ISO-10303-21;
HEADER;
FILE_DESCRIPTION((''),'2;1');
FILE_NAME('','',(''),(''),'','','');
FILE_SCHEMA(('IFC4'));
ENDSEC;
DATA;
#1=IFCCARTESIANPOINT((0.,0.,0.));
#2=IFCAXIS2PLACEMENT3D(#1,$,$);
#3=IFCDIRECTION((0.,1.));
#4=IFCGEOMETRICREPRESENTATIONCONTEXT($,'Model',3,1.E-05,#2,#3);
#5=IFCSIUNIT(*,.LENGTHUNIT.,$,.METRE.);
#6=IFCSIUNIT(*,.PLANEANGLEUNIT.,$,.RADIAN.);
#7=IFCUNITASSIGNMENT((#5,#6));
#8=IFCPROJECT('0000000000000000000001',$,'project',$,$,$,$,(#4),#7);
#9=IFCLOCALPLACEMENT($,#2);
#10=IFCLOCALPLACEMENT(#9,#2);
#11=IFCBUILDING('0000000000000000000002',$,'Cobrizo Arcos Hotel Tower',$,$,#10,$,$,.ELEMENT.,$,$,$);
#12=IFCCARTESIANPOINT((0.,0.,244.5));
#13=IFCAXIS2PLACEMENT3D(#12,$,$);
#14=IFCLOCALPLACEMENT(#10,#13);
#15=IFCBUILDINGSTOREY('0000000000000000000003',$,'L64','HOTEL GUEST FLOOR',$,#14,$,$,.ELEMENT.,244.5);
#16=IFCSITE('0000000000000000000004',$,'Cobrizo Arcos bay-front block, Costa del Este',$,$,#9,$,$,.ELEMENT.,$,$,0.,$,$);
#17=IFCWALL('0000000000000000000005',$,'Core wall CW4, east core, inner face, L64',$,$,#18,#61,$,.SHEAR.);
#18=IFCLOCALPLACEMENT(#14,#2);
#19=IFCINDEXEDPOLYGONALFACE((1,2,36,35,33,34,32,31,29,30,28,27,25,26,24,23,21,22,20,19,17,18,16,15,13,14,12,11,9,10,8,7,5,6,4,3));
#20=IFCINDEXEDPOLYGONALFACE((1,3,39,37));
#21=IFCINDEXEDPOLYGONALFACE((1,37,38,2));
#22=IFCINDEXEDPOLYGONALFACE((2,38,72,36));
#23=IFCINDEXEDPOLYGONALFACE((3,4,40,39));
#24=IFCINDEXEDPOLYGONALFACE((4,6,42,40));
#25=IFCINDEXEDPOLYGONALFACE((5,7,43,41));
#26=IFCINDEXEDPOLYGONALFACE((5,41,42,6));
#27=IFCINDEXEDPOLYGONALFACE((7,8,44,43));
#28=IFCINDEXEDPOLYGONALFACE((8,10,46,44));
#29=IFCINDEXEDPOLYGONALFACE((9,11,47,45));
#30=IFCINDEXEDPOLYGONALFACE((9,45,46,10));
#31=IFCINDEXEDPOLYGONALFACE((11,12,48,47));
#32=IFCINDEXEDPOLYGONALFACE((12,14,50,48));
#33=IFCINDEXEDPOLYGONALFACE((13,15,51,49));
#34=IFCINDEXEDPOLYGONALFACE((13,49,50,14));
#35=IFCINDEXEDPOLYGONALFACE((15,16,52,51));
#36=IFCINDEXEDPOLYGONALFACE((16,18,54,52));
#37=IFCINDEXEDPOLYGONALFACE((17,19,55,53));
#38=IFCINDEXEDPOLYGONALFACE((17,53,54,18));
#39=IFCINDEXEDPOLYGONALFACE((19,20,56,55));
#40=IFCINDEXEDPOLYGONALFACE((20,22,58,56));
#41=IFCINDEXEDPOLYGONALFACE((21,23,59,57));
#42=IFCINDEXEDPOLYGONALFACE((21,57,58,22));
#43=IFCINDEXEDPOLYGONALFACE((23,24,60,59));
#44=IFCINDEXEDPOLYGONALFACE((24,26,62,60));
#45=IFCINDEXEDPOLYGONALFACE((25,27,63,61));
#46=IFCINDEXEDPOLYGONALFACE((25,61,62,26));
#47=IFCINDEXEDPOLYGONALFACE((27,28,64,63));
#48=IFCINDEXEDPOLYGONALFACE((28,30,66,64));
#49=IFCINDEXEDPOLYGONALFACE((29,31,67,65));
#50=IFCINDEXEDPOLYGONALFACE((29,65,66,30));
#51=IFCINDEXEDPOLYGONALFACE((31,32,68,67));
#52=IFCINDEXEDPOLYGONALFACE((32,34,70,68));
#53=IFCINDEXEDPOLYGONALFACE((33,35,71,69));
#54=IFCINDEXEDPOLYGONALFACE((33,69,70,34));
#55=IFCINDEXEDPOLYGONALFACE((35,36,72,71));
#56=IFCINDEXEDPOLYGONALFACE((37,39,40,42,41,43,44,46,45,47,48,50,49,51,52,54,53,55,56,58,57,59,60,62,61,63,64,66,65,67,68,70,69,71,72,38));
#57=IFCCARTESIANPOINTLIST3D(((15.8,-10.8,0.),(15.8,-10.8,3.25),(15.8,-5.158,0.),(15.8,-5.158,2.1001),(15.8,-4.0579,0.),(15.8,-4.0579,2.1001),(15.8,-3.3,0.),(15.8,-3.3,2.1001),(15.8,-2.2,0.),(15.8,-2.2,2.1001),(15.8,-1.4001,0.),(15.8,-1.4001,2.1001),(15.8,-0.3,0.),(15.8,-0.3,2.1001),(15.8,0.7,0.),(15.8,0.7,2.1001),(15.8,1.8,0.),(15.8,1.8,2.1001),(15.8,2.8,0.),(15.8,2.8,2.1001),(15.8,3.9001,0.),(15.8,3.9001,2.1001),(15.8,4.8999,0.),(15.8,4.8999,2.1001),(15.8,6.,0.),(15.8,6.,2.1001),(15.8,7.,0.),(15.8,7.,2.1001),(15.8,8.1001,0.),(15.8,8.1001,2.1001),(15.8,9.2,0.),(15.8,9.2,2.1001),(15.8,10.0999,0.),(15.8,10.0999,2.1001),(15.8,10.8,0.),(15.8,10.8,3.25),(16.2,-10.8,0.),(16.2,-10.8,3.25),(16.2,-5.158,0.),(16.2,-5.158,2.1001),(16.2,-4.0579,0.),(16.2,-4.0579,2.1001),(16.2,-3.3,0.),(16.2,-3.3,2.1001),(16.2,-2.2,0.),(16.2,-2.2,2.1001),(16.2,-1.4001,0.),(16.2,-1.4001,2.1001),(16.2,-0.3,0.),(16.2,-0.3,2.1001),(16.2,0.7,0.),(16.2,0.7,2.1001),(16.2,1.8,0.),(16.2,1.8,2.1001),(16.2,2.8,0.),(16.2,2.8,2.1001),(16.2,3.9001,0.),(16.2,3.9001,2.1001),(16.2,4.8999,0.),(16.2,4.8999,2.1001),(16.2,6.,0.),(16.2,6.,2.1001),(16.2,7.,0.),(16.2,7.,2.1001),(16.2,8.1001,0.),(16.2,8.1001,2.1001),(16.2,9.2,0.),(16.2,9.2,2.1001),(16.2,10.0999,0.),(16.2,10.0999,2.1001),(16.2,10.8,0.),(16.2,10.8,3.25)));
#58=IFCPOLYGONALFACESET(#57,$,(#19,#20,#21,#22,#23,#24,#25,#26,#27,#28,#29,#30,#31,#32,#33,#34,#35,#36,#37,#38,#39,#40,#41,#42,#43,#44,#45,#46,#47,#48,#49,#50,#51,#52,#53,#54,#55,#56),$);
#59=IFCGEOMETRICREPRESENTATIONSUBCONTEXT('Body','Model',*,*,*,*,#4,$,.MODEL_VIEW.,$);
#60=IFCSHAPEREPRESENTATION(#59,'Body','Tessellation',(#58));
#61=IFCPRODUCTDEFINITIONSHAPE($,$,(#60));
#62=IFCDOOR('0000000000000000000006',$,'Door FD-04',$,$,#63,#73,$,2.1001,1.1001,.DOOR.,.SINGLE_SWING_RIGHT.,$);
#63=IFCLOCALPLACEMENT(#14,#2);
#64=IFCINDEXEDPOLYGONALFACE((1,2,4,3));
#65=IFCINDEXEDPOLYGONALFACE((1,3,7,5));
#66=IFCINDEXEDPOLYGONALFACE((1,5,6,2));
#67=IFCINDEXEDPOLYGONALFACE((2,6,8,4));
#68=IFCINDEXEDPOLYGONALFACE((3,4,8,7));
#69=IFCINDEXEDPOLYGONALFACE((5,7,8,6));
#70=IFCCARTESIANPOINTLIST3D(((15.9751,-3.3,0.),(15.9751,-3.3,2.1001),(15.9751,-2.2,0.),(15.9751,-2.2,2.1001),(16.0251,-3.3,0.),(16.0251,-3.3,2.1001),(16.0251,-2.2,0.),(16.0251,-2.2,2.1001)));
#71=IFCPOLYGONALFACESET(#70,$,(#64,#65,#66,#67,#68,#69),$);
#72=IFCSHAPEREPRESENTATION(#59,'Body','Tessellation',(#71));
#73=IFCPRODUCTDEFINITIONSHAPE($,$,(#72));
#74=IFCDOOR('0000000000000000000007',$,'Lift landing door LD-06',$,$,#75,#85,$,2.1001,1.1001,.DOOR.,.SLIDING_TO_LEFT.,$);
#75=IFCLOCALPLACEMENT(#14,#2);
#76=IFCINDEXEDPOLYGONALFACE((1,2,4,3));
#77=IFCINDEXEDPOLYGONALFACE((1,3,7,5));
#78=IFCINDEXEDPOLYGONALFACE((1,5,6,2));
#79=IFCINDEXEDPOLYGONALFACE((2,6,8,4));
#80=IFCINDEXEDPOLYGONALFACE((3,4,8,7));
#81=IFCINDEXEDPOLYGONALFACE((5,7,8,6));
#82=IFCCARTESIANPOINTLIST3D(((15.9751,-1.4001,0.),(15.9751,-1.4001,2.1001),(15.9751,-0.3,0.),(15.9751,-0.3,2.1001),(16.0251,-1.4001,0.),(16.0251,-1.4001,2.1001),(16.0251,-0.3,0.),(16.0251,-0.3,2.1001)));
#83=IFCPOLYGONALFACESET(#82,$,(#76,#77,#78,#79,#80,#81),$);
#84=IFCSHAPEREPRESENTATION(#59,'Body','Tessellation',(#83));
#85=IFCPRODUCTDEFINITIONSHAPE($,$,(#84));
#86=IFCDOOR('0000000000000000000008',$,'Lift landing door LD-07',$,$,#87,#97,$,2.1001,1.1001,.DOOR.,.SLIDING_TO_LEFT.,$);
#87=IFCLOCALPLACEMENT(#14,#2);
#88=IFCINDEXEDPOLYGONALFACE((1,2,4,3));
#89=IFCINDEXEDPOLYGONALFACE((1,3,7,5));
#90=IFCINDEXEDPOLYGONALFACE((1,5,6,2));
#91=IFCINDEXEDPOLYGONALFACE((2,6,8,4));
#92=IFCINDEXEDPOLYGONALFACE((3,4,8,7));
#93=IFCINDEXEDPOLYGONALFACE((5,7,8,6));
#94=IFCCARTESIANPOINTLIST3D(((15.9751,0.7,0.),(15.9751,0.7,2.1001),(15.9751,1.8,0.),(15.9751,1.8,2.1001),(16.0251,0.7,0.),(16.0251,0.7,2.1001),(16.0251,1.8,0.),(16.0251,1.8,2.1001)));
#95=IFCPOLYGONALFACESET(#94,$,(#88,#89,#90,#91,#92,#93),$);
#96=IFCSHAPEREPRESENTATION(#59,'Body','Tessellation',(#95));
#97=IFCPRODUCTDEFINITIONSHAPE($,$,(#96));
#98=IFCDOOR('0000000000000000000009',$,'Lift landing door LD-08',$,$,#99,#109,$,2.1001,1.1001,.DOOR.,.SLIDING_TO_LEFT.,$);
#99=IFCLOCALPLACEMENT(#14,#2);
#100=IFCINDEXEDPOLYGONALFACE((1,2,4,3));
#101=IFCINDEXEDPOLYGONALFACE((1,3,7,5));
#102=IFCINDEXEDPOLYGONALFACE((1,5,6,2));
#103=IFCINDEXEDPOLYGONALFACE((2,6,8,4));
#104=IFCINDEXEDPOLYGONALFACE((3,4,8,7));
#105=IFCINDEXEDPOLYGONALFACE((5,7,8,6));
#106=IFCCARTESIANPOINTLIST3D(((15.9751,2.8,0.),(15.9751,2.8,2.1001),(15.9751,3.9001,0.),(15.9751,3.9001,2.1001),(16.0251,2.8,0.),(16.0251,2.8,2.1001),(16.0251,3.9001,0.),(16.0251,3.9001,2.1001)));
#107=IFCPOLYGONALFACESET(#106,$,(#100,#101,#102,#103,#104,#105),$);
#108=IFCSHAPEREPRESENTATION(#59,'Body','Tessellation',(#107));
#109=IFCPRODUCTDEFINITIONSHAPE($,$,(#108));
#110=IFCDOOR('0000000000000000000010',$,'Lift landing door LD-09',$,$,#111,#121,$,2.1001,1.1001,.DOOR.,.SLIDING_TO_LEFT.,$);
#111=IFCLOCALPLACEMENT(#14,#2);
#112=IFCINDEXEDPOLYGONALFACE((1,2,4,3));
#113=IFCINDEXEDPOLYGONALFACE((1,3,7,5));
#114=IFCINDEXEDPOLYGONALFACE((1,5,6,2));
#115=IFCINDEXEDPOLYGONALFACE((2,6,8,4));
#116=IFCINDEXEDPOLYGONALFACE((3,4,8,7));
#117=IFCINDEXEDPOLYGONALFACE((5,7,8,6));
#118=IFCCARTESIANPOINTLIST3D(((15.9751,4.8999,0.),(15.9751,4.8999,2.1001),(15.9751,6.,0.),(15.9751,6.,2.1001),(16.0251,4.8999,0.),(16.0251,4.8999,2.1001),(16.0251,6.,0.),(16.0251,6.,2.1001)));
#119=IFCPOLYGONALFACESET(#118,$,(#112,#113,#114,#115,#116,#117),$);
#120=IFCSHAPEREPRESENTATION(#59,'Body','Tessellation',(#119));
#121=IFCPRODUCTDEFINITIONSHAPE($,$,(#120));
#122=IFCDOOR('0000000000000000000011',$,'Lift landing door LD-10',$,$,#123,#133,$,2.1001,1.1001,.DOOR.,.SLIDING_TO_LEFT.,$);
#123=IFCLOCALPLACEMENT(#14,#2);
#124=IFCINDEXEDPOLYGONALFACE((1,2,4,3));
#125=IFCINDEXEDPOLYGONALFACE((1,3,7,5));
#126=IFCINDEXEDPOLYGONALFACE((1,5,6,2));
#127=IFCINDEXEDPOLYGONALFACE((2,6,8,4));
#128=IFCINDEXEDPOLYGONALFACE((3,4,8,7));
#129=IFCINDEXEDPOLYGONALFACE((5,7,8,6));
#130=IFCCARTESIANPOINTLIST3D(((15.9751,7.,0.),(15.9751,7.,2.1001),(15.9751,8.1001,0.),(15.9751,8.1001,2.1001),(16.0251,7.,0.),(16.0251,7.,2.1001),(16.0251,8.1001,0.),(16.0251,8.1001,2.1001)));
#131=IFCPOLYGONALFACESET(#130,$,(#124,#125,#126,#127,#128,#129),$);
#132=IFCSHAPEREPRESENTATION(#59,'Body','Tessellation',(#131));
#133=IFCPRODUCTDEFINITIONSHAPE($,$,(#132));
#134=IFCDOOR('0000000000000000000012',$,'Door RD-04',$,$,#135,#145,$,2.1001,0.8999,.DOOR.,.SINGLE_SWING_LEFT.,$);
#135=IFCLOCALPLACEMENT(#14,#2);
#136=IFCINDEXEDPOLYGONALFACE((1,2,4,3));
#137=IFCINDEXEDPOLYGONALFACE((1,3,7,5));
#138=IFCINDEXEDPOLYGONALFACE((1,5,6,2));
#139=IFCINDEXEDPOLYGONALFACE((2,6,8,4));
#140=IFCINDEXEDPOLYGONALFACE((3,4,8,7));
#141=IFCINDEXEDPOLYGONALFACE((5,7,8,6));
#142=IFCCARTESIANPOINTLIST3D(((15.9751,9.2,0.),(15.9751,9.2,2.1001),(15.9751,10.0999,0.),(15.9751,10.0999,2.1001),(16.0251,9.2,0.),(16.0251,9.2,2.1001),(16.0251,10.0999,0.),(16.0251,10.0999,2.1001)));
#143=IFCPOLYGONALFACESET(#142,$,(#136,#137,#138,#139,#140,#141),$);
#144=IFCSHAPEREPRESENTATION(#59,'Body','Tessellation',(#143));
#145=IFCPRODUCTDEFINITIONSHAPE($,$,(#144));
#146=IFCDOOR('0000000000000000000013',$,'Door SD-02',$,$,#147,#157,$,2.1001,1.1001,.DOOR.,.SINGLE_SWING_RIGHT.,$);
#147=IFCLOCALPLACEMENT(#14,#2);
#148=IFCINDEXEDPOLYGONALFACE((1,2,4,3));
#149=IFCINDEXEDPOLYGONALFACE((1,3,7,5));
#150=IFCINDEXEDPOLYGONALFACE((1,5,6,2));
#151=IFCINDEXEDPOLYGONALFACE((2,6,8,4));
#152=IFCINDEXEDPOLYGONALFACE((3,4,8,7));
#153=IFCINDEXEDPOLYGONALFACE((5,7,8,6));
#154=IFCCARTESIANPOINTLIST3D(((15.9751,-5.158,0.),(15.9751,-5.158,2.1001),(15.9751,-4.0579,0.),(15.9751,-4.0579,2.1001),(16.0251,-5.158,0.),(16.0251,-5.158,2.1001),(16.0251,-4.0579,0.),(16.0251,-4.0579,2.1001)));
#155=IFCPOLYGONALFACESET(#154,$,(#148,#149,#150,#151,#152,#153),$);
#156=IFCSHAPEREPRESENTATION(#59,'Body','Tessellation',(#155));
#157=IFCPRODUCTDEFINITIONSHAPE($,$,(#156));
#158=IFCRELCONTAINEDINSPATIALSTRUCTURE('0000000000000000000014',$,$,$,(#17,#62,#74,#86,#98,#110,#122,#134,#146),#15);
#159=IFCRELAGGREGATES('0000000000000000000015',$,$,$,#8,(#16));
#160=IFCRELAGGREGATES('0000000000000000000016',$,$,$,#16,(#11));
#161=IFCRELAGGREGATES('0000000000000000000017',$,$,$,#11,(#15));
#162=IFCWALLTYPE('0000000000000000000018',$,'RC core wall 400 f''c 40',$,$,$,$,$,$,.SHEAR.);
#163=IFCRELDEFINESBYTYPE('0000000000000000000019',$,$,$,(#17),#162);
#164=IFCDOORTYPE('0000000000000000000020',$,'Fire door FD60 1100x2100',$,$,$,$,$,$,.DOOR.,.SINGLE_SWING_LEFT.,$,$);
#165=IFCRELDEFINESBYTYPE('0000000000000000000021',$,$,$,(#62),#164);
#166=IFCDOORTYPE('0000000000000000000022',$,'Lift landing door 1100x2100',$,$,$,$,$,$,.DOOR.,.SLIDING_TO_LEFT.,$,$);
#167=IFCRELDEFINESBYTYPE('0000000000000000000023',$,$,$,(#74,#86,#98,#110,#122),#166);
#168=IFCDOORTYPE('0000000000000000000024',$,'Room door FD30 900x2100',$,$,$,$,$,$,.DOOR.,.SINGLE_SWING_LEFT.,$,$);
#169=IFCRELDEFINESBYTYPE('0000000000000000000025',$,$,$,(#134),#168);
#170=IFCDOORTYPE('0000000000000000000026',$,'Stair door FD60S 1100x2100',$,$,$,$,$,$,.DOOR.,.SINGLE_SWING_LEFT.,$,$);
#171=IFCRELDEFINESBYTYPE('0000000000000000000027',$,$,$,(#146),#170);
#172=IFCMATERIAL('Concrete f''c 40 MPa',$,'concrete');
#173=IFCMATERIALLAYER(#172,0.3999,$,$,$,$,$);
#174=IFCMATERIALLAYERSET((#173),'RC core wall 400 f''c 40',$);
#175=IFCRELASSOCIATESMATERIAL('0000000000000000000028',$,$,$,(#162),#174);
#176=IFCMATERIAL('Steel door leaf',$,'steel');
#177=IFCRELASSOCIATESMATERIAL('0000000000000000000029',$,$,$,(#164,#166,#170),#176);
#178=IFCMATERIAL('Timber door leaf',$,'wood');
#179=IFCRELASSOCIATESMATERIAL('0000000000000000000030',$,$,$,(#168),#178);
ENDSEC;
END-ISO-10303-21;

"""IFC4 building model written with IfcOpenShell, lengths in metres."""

from ifc_helpers import new_model, si_unit, direction, frame, frame_2d, origin, place, context, subcontext, project, spatial, rectangle, extrude, material, layer, layer_set, type_object, element, fill, save


model = new_model("IFC4")

# Units and contexts
model_context = context("Model", 3, precision=1e-05, world=origin(), true_north=direction((0.0, 1.0)))
body_context = subcontext(model_context, "Body", "Model", "MODEL_VIEW")
ifc_project = project(units=[si_unit("LENGTHUNIT", "METRE"), si_unit("PLANEANGLEUNIT", "RADIAN")], contexts=[model_context])

# Site, building, storey
site_placement = place(None, origin())
site = spatial("IfcSite", under=ifc_project, at=site_placement, Name="Cobrizo Arcos bay-front block, Costa del Este", CompositionType="ELEMENT", RefElevation=0.0)
building_placement = place(site_placement, origin())
building = spatial("IfcBuilding", under=site, at=building_placement, Name="Cobrizo Arcos Hotel Tower", CompositionType="ELEMENT")
storey_placement = place(building_placement, frame((0.0, 0.0, 244.5)))
storey = spatial("IfcBuildingStorey", under=building, at=storey_placement, Name="L64", Description="HOTEL GUEST FLOOR", CompositionType="ELEMENT", Elevation=244.5)

# Wall, openings, doors
ifc_material_1 = material(Name="Concrete f'c 40 MPa", Category="concrete")
ifc_layer_1 = layer(ifc_material_1, 0.3999)
ifc_layer_set_1 = layer_set([ifc_layer_1], Name="RC core wall 400 f'c 40")
wall_type_1 = type_object("IfcWallType", Name="RC core wall 400 f'c 40", PredefinedType="SHEAR", material=ifc_layer_set_1)
wall_1_placement = place(storey_placement, frame((16.0, -10.8, 0.0), z_axis=(0.0, 0.0, 1.0), x_axis=(0.0, 1.0, 0.0)))
wall_1 = element("IfcWall", 1, at=wall_1_placement, inside=storey, type_object=wall_type_1, Name="Core wall CW4, east core, inner face, L64", PredefinedType="SHEAR", context=body_context, shape_type="SweptSolid", body=[
    extrude(rectangle(XDim=21.6001, YDim=0.3999, at=frame_2d((10.8, 0.0))), origin(), (0.0, 0.0, 1.0), 3.25),
])
opening_1_placement = place(wall_1_placement, frame((9.3999, 0.0, 0.0)))
opening_1 = element("IfcOpeningElement", 2, at=opening_1_placement, cuts=wall_1, PredefinedType="OPENING", context=body_context, shape_type="SweptSolid", body=[
    extrude(rectangle(XDim=1.1001, YDim=2.1001, at=frame_2d((0.55, 1.05))), frame((0.0, 0.2119, 0.0), z_axis=(0.0, -1.0, 0.0), x_axis=(1.0, 0.0, 0.0)), (0.0, 0.0, 1.0), 0.4238),
])
opening_2_placement = place(wall_1_placement, frame((11.5, 0.0, 0.0)))
opening_2 = element("IfcOpeningElement", 3, at=opening_2_placement, cuts=wall_1, PredefinedType="OPENING", context=body_context, shape_type="SweptSolid", body=[
    extrude(rectangle(XDim=1.1001, YDim=2.1001, at=frame_2d((0.55, 1.05))), frame((0.0, 0.2119, 0.0), z_axis=(0.0, -1.0, 0.0), x_axis=(1.0, 0.0, 0.0)), (0.0, 0.0, 1.0), 0.4238),
])
opening_3_placement = place(wall_1_placement, frame((13.6001, 0.0, 0.0)))
opening_3 = element("IfcOpeningElement", 4, at=opening_3_placement, cuts=wall_1, PredefinedType="OPENING", context=body_context, shape_type="SweptSolid", body=[
    extrude(rectangle(XDim=1.1001, YDim=2.1001, at=frame_2d((0.55, 1.05))), frame((0.0, 0.2119, 0.0), z_axis=(0.0, -1.0, 0.0), x_axis=(1.0, 0.0, 0.0)), (0.0, 0.0, 1.0), 0.4238),
])
opening_4_placement = place(wall_1_placement, frame((15.7, 0.0, 0.0)))
opening_4 = element("IfcOpeningElement", 5, at=opening_4_placement, cuts=wall_1, PredefinedType="OPENING", context=body_context, shape_type="SweptSolid", body=[
    extrude(rectangle(XDim=1.1001, YDim=2.1001, at=frame_2d((0.55, 1.05))), frame((0.0, 0.2119, 0.0), z_axis=(0.0, -1.0, 0.0), x_axis=(1.0, 0.0, 0.0)), (0.0, 0.0, 1.0), 0.4238),
])
opening_5_placement = place(wall_1_placement, frame((17.8, 0.0, 0.0)))
opening_5 = element("IfcOpeningElement", 6, at=opening_5_placement, cuts=wall_1, PredefinedType="OPENING", context=body_context, shape_type="SweptSolid", body=[
    extrude(rectangle(XDim=1.1001, YDim=2.1001, at=frame_2d((0.55, 1.05))), frame((0.0, 0.2119, 0.0), z_axis=(0.0, -1.0, 0.0), x_axis=(1.0, 0.0, 0.0)), (0.0, 0.0, 1.0), 0.4238),
])
opening_6_placement = place(wall_1_placement, frame((5.6421, 0.0, 0.0)))
opening_6 = element("IfcOpeningElement", 7, at=opening_6_placement, cuts=wall_1, PredefinedType="OPENING", context=body_context, shape_type="SweptSolid", body=[
    extrude(rectangle(XDim=1.1001, YDim=2.1001, at=frame_2d((0.55, 1.05))), frame((0.0, 0.2119, 0.0), z_axis=(0.0, -1.0, 0.0), x_axis=(1.0, 0.0, 0.0)), (0.0, 0.0, 1.0), 0.4238),
])
opening_7_placement = place(wall_1_placement, frame((7.5, 0.0, 0.0)))
opening_7 = element("IfcOpeningElement", 8, at=opening_7_placement, cuts=wall_1, PredefinedType="OPENING", context=body_context, shape_type="SweptSolid", body=[
    extrude(rectangle(XDim=1.1001, YDim=2.1001, at=frame_2d((0.55, 1.05))), frame((0.0, 0.2119, 0.0), z_axis=(0.0, -1.0, 0.0), x_axis=(1.0, 0.0, 0.0)), (0.0, 0.0, 1.0), 0.4238),
])
opening_8_placement = place(wall_1_placement, frame((20.0, 0.0, 0.0)))
opening_8 = element("IfcOpeningElement", 9, at=opening_8_placement, cuts=wall_1, PredefinedType="OPENING", context=body_context, shape_type="SweptSolid", body=[
    extrude(rectangle(XDim=0.8999, YDim=2.1001, at=frame_2d((0.45, 1.05))), frame((0.0, 0.2119, 0.0), z_axis=(0.0, -1.0, 0.0), x_axis=(1.0, 0.0, 0.0)), (0.0, 0.0, 1.0), 0.4238),
])
ifc_material_2 = material(Name="Steel door leaf", Category="steel")
door_type_1 = type_object("IfcDoorType", Name="Fire door FD60 1100x2100", OperationType="SINGLE_SWING_LEFT", PredefinedType="DOOR", material=ifc_material_2)
door_1_placement = place(opening_7_placement, origin())
door_1 = element("IfcDoor", 10, at=door_1_placement, inside=storey, type_object=door_type_1, Name="Door FD-04", OperationType="SINGLE_SWING_RIGHT", OverallHeight=2.1001, OverallWidth=1.1001, PredefinedType="DOOR", context=body_context, shape_type="SweptSolid", body=[
    extrude(rectangle(XDim=1.1001, YDim=2.1001, at=frame_2d((0.55, 1.05))), frame((0.0, 0.0249, 0.0), z_axis=(0.0, -1.0, 0.0), x_axis=(1.0, 0.0, 0.0)), (0.0, 0.0, 1.0), 0.05),
])
fill(opening_7, door_1)
door_type_2 = type_object("IfcDoorType", Name="Lift landing door 1100x2100", OperationType="SLIDING_TO_LEFT", PredefinedType="DOOR", material=ifc_material_2)
door_2_placement = place(opening_1_placement, origin())
door_2 = element("IfcDoor", 11, at=door_2_placement, inside=storey, type_object=door_type_2, Name="Lift landing door LD-06", OperationType="SLIDING_TO_LEFT", OverallHeight=2.1001, OverallWidth=1.1001, PredefinedType="DOOR", context=body_context, shape_type="SweptSolid", body=[
    extrude(rectangle(XDim=1.1001, YDim=2.1001, at=frame_2d((0.55, 1.05))), frame((0.0, 0.0249, 0.0), z_axis=(0.0, -1.0, 0.0), x_axis=(1.0, 0.0, 0.0)), (0.0, 0.0, 1.0), 0.05),
])
fill(opening_1, door_2)
door_3_placement = place(opening_2_placement, origin())
door_3 = element("IfcDoor", 12, at=door_3_placement, inside=storey, type_object=door_type_2, Name="Lift landing door LD-07", OperationType="SLIDING_TO_LEFT", OverallHeight=2.1001, OverallWidth=1.1001, PredefinedType="DOOR", context=body_context, shape_type="SweptSolid", body=[
    extrude(rectangle(XDim=1.1001, YDim=2.1001, at=frame_2d((0.55, 1.05))), frame((0.0, 0.0249, 0.0), z_axis=(0.0, -1.0, 0.0), x_axis=(1.0, 0.0, 0.0)), (0.0, 0.0, 1.0), 0.05),
])
fill(opening_2, door_3)
door_4_placement = place(opening_3_placement, origin())
door_4 = element("IfcDoor", 13, at=door_4_placement, inside=storey, type_object=door_type_2, Name="Lift landing door LD-08", OperationType="SLIDING_TO_LEFT", OverallHeight=2.1001, OverallWidth=1.1001, PredefinedType="DOOR", context=body_context, shape_type="SweptSolid", body=[
    extrude(rectangle(XDim=1.1001, YDim=2.1001, at=frame_2d((0.55, 1.05))), frame((0.0, 0.0249, 0.0), z_axis=(0.0, -1.0, 0.0), x_axis=(1.0, 0.0, 0.0)), (0.0, 0.0, 1.0), 0.05),
])
fill(opening_3, door_4)
door_5_placement = place(opening_4_placement, origin())
door_5 = element("IfcDoor", 14, at=door_5_placement, inside=storey, type_object=door_type_2, Name="Lift landing door LD-09", OperationType="SLIDING_TO_LEFT", OverallHeight=2.1001, OverallWidth=1.1001, PredefinedType="DOOR", context=body_context, shape_type="SweptSolid", body=[
    extrude(rectangle(XDim=1.1001, YDim=2.1001, at=frame_2d((0.55, 1.05))), frame((0.0, 0.0249, 0.0), z_axis=(0.0, -1.0, 0.0), x_axis=(1.0, 0.0, 0.0)), (0.0, 0.0, 1.0), 0.05),
])
fill(opening_4, door_5)
door_6_placement = place(opening_5_placement, origin())
door_6 = element("IfcDoor", 15, at=door_6_placement, inside=storey, type_object=door_type_2, Name="Lift landing door LD-10", OperationType="SLIDING_TO_LEFT", OverallHeight=2.1001, OverallWidth=1.1001, PredefinedType="DOOR", context=body_context, shape_type="SweptSolid", body=[
    extrude(rectangle(XDim=1.1001, YDim=2.1001, at=frame_2d((0.55, 1.05))), frame((0.0, 0.0249, 0.0), z_axis=(0.0, -1.0, 0.0), x_axis=(1.0, 0.0, 0.0)), (0.0, 0.0, 1.0), 0.05),
])
fill(opening_5, door_6)
ifc_material_3 = material(Name="Timber door leaf", Category="wood")
door_type_3 = type_object("IfcDoorType", Name="Room door FD30 900x2100", OperationType="SINGLE_SWING_LEFT", PredefinedType="DOOR", material=ifc_material_3)
door_7_placement = place(opening_8_placement, origin())
door_7 = element("IfcDoor", 16, at=door_7_placement, inside=storey, type_object=door_type_3, Name="Door RD-04", OperationType="SINGLE_SWING_LEFT", OverallHeight=2.1001, OverallWidth=0.8999, PredefinedType="DOOR", context=body_context, shape_type="SweptSolid", body=[
    extrude(rectangle(XDim=0.8999, YDim=2.1001, at=frame_2d((0.45, 1.05))), frame((0.0, 0.0249, 0.0), z_axis=(0.0, -1.0, 0.0), x_axis=(1.0, 0.0, 0.0)), (0.0, 0.0, 1.0), 0.05),
])
fill(opening_8, door_7)
door_type_4 = type_object("IfcDoorType", Name="Stair door FD60S 1100x2100", OperationType="SINGLE_SWING_LEFT", PredefinedType="DOOR", material=ifc_material_2)
door_8_placement = place(opening_6_placement, origin())
door_8 = element("IfcDoor", 17, at=door_8_placement, inside=storey, type_object=door_type_4, Name="Door SD-02", OperationType="SINGLE_SWING_RIGHT", OverallHeight=2.1001, OverallWidth=1.1001, PredefinedType="DOOR", context=body_context, shape_type="SweptSolid", body=[
    extrude(rectangle(XDim=1.1001, YDim=2.1001, at=frame_2d((0.55, 1.05))), frame((0.0, 0.0249, 0.0), z_axis=(0.0, -1.0, 0.0), x_axis=(1.0, 0.0, 0.0)), (0.0, 0.0, 1.0), 0.05),
])
fill(opening_6, door_8)

save(model, "model.ifc")
